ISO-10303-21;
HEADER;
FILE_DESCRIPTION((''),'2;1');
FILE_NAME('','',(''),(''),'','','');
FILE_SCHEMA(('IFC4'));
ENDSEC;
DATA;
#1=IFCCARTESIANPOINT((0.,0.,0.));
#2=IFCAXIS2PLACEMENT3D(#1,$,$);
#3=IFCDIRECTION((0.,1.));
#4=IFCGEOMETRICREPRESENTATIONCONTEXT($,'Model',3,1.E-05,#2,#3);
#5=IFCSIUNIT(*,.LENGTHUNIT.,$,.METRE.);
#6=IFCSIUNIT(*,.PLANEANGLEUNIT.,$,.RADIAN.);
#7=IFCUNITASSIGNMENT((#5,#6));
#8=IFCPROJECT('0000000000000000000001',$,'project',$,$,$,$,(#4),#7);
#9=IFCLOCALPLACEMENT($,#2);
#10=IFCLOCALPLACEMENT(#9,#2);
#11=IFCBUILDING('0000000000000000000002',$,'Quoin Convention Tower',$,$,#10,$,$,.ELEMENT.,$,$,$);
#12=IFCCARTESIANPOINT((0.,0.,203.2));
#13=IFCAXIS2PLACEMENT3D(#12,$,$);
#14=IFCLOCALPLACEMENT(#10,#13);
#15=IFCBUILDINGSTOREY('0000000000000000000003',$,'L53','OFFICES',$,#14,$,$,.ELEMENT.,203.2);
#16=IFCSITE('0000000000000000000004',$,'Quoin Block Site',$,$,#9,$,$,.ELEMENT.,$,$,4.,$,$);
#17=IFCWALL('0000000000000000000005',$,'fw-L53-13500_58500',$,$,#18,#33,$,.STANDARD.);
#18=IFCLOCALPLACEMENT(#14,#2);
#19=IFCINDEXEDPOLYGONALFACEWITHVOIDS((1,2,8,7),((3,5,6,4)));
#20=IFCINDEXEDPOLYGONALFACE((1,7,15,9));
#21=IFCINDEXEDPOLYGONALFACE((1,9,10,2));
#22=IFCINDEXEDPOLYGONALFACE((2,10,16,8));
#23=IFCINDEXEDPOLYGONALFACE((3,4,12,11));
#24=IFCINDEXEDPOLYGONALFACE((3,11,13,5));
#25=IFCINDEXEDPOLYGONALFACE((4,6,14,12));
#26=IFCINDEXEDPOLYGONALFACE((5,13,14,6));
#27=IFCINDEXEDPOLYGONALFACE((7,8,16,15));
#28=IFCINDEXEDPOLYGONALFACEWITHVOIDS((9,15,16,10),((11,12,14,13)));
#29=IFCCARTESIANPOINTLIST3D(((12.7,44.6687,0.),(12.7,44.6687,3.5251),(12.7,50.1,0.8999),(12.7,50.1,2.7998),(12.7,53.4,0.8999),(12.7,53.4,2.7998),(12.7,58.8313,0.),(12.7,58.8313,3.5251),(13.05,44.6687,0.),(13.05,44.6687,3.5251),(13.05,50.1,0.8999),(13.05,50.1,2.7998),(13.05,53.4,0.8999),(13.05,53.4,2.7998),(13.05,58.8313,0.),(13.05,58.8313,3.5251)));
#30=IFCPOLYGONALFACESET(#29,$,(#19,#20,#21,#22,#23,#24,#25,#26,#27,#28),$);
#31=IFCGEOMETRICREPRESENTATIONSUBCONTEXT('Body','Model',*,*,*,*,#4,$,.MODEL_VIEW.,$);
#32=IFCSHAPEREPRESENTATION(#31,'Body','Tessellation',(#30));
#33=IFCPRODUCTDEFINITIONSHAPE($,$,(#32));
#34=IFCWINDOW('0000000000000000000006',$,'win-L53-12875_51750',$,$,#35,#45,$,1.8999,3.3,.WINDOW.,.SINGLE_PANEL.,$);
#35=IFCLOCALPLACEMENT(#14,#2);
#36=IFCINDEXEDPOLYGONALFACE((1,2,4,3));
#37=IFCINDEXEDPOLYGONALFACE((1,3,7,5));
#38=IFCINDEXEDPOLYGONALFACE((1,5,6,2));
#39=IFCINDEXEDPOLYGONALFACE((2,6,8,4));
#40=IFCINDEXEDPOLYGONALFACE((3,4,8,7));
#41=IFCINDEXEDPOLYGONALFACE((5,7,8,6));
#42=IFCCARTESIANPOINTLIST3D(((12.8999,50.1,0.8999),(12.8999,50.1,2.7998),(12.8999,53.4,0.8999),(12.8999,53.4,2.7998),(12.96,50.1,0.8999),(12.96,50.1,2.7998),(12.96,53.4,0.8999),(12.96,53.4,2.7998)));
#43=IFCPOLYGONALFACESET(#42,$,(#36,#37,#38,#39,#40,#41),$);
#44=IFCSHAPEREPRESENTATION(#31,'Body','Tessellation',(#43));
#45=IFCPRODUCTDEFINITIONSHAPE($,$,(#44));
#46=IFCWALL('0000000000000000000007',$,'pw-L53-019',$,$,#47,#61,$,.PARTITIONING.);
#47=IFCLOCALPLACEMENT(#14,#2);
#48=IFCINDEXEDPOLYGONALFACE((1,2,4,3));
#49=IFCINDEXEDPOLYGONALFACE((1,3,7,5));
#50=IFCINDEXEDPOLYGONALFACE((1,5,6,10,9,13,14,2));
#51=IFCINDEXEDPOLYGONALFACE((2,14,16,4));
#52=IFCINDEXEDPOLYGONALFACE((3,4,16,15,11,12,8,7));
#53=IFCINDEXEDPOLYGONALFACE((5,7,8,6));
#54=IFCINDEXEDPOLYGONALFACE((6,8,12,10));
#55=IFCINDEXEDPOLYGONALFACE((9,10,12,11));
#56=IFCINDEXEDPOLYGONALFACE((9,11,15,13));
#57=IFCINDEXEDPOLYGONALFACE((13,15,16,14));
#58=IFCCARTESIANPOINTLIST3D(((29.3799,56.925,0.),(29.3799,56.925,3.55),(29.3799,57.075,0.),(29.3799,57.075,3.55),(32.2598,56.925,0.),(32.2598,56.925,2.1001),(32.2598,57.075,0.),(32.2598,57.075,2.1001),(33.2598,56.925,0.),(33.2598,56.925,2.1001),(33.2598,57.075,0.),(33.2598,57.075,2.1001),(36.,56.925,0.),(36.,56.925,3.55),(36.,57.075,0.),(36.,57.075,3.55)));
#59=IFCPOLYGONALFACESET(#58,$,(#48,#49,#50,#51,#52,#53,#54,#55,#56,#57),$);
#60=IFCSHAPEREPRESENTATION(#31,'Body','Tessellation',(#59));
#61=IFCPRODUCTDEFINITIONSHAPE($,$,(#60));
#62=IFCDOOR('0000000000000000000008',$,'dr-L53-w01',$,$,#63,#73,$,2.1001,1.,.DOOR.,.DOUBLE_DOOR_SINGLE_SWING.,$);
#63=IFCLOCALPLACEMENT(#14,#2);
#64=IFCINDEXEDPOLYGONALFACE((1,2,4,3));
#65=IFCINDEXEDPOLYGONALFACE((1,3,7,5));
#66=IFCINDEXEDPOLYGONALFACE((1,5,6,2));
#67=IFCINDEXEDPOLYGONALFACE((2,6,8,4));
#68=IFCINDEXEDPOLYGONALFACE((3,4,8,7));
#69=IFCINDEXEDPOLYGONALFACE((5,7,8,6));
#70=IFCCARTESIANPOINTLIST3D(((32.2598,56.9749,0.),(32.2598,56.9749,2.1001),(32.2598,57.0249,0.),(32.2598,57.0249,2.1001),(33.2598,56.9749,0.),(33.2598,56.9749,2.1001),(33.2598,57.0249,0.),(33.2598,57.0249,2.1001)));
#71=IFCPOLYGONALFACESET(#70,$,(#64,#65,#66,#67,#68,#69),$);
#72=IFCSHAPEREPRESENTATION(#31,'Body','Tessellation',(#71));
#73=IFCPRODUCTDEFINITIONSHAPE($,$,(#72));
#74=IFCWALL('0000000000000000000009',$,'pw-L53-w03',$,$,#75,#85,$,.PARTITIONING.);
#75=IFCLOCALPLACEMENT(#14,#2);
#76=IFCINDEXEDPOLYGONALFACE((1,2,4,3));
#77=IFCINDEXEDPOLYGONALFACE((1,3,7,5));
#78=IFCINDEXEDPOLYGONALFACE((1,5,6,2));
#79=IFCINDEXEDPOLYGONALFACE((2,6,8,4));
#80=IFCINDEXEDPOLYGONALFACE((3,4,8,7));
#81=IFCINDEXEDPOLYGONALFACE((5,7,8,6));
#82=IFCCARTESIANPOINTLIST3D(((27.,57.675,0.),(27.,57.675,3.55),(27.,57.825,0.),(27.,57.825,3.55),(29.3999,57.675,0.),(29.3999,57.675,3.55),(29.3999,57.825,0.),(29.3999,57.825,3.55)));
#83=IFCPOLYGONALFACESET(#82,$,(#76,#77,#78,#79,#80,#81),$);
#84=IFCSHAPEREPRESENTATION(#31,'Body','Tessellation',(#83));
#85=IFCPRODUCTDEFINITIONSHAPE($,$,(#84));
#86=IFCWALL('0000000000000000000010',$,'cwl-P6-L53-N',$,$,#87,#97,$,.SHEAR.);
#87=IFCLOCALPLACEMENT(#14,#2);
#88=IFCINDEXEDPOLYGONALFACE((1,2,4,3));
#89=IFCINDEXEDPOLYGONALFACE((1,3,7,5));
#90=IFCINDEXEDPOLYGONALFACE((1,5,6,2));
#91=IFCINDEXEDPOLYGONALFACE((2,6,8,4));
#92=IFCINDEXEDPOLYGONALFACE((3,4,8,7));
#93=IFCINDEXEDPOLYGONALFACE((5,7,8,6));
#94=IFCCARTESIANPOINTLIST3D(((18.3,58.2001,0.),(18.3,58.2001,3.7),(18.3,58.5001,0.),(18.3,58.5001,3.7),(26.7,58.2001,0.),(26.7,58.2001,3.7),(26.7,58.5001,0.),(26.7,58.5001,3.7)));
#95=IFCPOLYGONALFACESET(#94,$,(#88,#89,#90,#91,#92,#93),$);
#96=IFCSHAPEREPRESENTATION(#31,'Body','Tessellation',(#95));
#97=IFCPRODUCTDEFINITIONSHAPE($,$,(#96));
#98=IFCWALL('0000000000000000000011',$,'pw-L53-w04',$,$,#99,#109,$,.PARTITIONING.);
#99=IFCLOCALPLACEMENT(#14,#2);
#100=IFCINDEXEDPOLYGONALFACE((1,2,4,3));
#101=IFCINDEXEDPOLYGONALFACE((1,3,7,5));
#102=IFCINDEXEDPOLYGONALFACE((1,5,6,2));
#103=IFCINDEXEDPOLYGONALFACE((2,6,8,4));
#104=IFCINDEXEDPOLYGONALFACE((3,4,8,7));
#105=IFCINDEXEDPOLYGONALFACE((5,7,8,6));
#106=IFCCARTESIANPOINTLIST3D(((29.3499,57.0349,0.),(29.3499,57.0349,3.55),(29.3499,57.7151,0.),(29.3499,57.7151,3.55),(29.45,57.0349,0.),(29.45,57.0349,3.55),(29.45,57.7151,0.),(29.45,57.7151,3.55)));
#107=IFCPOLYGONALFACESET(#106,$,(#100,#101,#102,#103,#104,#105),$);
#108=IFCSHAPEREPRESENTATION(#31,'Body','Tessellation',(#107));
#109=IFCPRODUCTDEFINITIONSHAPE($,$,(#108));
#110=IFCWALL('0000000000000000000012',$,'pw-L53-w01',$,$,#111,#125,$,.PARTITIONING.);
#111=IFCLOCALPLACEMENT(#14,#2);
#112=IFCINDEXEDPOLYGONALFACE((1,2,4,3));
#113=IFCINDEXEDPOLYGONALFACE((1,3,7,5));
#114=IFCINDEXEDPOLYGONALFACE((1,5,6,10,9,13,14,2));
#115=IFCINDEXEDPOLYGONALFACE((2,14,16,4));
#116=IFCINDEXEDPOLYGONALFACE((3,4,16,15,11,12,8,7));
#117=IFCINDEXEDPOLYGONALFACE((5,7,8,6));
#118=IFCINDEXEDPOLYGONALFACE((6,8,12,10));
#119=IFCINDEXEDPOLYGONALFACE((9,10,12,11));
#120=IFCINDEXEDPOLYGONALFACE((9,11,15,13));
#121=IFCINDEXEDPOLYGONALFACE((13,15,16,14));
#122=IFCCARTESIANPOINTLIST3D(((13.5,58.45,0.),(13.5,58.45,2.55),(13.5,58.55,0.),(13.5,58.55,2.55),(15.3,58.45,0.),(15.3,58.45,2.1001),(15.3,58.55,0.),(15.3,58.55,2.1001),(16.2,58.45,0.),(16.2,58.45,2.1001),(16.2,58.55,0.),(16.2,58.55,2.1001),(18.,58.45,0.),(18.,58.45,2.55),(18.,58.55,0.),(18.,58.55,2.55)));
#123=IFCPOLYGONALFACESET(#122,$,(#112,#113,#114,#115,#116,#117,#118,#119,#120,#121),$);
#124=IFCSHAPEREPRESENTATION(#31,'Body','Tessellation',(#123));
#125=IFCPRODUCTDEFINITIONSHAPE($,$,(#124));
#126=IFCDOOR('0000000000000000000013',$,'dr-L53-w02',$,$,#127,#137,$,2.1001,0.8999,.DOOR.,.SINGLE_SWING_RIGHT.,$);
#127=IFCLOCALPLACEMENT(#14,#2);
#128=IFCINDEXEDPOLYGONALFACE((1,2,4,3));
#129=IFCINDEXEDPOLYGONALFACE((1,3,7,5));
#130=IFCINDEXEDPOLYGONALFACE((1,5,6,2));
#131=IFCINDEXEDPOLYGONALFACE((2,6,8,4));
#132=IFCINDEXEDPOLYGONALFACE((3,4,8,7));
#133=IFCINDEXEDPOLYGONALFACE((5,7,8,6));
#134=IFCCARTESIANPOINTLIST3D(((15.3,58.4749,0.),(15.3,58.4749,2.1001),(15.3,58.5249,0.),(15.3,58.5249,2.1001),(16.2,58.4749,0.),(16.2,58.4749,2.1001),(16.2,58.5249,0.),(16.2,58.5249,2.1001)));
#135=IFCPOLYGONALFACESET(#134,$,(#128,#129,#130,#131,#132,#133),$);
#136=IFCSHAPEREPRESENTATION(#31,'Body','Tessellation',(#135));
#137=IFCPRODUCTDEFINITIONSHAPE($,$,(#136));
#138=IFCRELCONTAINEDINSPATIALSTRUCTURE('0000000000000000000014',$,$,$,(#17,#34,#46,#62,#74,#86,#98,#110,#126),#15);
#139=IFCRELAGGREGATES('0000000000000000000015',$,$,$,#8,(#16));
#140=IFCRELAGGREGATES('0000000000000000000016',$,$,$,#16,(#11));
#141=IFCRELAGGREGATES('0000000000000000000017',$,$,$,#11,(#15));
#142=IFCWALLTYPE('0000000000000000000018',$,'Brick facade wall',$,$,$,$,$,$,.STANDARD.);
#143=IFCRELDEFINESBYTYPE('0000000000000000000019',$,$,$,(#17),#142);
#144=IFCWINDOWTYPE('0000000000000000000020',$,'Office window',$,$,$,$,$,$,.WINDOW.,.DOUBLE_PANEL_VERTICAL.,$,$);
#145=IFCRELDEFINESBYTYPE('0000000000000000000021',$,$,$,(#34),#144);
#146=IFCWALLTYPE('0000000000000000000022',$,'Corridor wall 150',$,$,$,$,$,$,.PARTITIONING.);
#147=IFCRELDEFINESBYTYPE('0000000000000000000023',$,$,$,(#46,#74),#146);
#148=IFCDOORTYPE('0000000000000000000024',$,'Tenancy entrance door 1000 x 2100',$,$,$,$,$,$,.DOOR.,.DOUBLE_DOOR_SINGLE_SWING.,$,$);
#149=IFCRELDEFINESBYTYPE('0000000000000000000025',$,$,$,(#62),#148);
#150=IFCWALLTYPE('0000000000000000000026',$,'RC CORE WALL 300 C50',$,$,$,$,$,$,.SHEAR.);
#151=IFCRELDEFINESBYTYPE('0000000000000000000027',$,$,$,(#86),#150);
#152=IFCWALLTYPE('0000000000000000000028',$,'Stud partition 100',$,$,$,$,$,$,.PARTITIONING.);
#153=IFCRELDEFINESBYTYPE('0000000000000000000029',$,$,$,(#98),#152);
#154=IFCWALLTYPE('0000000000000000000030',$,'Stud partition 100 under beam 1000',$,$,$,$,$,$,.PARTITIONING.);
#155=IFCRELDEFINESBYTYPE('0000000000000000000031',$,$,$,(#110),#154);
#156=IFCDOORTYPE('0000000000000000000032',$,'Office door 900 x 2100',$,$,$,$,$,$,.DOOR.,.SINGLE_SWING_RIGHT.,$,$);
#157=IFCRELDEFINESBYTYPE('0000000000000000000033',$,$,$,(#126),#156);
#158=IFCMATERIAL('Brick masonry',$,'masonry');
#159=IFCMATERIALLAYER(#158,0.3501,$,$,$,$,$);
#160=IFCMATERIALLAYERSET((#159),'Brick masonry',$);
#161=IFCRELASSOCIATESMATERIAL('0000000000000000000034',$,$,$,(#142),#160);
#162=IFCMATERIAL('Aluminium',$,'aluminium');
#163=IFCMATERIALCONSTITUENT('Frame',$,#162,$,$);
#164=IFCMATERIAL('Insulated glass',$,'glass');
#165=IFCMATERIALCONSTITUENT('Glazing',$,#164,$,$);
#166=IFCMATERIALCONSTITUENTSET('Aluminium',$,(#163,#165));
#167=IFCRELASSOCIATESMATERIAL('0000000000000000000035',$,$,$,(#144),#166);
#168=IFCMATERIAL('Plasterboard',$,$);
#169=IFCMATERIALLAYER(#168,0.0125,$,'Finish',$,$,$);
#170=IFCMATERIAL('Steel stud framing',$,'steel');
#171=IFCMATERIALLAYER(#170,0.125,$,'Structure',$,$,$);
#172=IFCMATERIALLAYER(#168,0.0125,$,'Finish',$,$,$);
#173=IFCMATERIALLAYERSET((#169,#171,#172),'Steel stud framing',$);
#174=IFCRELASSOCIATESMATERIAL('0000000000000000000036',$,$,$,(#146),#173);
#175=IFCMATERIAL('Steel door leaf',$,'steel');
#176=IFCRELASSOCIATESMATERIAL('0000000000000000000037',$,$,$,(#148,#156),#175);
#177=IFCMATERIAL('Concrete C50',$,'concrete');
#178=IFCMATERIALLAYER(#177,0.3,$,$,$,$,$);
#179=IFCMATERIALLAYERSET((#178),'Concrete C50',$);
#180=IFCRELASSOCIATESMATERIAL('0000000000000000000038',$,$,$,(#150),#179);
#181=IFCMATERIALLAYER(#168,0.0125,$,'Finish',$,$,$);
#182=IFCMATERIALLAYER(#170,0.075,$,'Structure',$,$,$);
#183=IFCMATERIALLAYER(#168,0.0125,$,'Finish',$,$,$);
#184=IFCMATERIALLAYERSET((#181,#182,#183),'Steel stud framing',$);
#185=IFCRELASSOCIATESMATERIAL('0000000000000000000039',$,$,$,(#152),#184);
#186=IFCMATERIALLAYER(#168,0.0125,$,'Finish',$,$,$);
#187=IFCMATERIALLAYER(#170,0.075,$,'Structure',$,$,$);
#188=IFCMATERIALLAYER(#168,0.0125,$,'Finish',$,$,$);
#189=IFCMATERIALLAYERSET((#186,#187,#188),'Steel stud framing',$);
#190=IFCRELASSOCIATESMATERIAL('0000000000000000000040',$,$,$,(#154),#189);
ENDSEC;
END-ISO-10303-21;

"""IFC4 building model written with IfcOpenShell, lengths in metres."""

from ifc_helpers import new_model, si_unit, direction, frame, frame_2d, origin, place, context, subcontext, project, spatial, rectangle, extrude, material, layer, layer_set, constituent, constituent_set, type_object, element, fill, save


model = new_model("IFC4")

# Units and contexts
model_context = context("Model", 3, precision=1e-05, world=origin(), true_north=direction((0.0, 1.0)))
body_context = subcontext(model_context, "Body", "Model", "MODEL_VIEW")
ifc_project = project(units=[si_unit("LENGTHUNIT", "METRE"), si_unit("PLANEANGLEUNIT", "RADIAN")], contexts=[model_context])

# Site, building, storey
site_placement = place(None, origin())
site = spatial("IfcSite", under=ifc_project, at=site_placement, Name="Quoin Block Site", CompositionType="ELEMENT", RefElevation=4.0)
building_placement = place(site_placement, origin())
building = spatial("IfcBuilding", under=site, at=building_placement, Name="Quoin Convention Tower", CompositionType="ELEMENT")
storey_placement = place(building_placement, frame((0.0, 0.0, 203.2)))
storey = spatial("IfcBuildingStorey", under=building, at=storey_placement, Name="L53", Description="OFFICES", CompositionType="ELEMENT", Elevation=203.2)

# Shared definitions
ifc_material_1 = material(Name="Concrete C50", Category="concrete")

# Wall, opening, window
ifc_material_2 = material(Name="Brick masonry", Category="masonry")
ifc_layer_1 = layer(ifc_material_2, 0.3501)
ifc_layer_set_1 = layer_set([ifc_layer_1], Name="Brick masonry")
wall_type_1 = type_object("IfcWallType", Name="Brick facade wall", PredefinedType="STANDARD", material=ifc_layer_set_1)
ifc_material_3 = material(Name="Aluminium", Category="aluminium")
ifc_constituent_1 = constituent(ifc_material_3, Name="Frame")
ifc_material_4 = material(Name="Insulated glass", Category="glass")
ifc_constituent_2 = constituent(ifc_material_4, Name="Glazing")
ifc_constituent_set = constituent_set(constituents=[ifc_constituent_1, ifc_constituent_2], Name="Aluminium")
window_type = type_object("IfcWindowType", Name="Office window", PartitioningType="DOUBLE_PANEL_VERTICAL", PredefinedType="WINDOW", material=ifc_constituent_set)
wall_1_placement = place(storey_placement, frame((12.875, 58.8313, 0.0), z_axis=(0.0, 0.0, 1.0), x_axis=(0.0, -1.0, 0.0)))
wall_1 = element("IfcWall", 1, at=wall_1_placement, inside=storey, type_object=wall_type_1, Name="fw-L53-13500_58500", PredefinedType="STANDARD", context=body_context, shape_type="SweptSolid", body=[
    extrude(rectangle(XDim=14.1626, YDim=0.3501, at=frame_2d((7.0813, 0.0))), origin(), (0.0, 0.0, 1.0), 3.5251),
])
opening_1_placement = place(wall_1_placement, frame((5.4314, 0.0, 0.8999)))
opening_1 = element("IfcOpeningElement", 2, at=opening_1_placement, cuts=wall_1, PredefinedType="OPENING", context=body_context, shape_type="SweptSolid", body=[
    extrude(rectangle(XDim=3.3, YDim=1.8999, at=frame_2d((1.6499, 0.95))), frame((0.0, 0.1851, 0.0), z_axis=(0.0, -1.0, 0.0), x_axis=(1.0, 0.0, 0.0)), (0.0, 0.0, 1.0), 0.3701),
])
window_1_placement = place(opening_1_placement, origin())
window_1 = element("IfcWindow", 3, at=window_1_placement, inside=storey, type_object=window_type, Name="win-L53-12875_51750", OverallHeight=1.8999, OverallWidth=3.3, PartitioningType="SINGLE_PANEL", PredefinedType="WINDOW", context=body_context, shape_type="SweptSolid", body=[
    extrude(rectangle(XDim=3.3, YDim=1.8999, at=frame_2d((1.6499, 0.95))), frame((0.0, 0.085, 0.0), z_axis=(0.0, -1.0, 0.0), x_axis=(1.0, 0.0, 0.0)), (0.0, 0.0, 1.0), 0.0601),
])
fill(opening_1, window_1)

# Wall, opening, door
ifc_material_5 = material(Name="Plasterboard")
ifc_layer_2 = layer(ifc_material_5, 0.0125, Name="Finish")
ifc_material_6 = material(Name="Steel stud framing", Category="steel")
ifc_layer_3 = layer(ifc_material_6, 0.125, Name="Structure")
ifc_layer_4 = layer(ifc_material_5, 0.0125, Name="Finish")
ifc_layer_set_2 = layer_set([ifc_layer_2, ifc_layer_3, ifc_layer_4], Name="Steel stud framing")
wall_type_2 = type_object("IfcWallType", Name="Corridor wall 150", PredefinedType="PARTITIONING", material=ifc_layer_set_2)
wall_2_placement = place(storey_placement, frame((29.3799, 57.0, 0.0), z_axis=(0.0, 0.0, 1.0), x_axis=(1.0, 0.0, 0.0)))
wall_2 = element("IfcWall", 4, at=wall_2_placement, inside=storey, type_object=wall_type_2, Name="pw-L53-019", PredefinedType="PARTITIONING", context=body_context, shape_type="SweptSolid", body=[
    extrude(rectangle(XDim=6.6201, YDim=0.1499, at=frame_2d((3.3101, 0.0))), origin(), (0.0, 0.0, 1.0), 3.55),
])
opening_2_placement = place(wall_2_placement, frame((2.8799, 0.0, 0.0)))
opening_2 = element("IfcOpeningElement", 5, at=opening_2_placement, cuts=wall_2, PredefinedType="OPENING", context=body_context, shape_type="SweptSolid", body=[
    extrude(rectangle(XDim=1.0, YDim=2.1001, at=frame_2d((0.5, 1.05))), frame((0.0, 0.085, 0.0), z_axis=(0.0, -1.0, 0.0), x_axis=(1.0, 0.0, 0.0)), (0.0, 0.0, 1.0), 0.1699),
])
ifc_material_7 = material(Name="Steel door leaf", Category="steel")
door_type_1 = type_object("IfcDoorType", Name="Tenancy entrance door 1000 x 2100", OperationType="DOUBLE_DOOR_SINGLE_SWING", PredefinedType="DOOR", material=ifc_material_7)
door_1_placement = place(opening_2_placement, origin())
door_1 = element("IfcDoor", 6, at=door_1_placement, inside=storey, type_object=door_type_1, Name="dr-L53-w01", OperationType="DOUBLE_DOOR_SINGLE_SWING", OverallHeight=2.1001, OverallWidth=1.0, PredefinedType="DOOR", context=body_context, shape_type="SweptSolid", body=[
    extrude(rectangle(XDim=1.0, YDim=2.1001, at=frame_2d((0.5, 1.05))), frame((0.0, 0.0249, 0.0), z_axis=(0.0, -1.0, 0.0), x_axis=(1.0, 0.0, 0.0)), (0.0, 0.0, 1.0), 0.05),
])
fill(opening_2, door_1)

# Walls
wall_3_placement = place(storey_placement, frame((27.0, 57.75, 0.0), z_axis=(0.0, 0.0, 1.0), x_axis=(1.0, 0.0, 0.0)))
element("IfcWall", 7, at=wall_3_placement, inside=storey, type_object=wall_type_2, Name="pw-L53-w03", PredefinedType="PARTITIONING", context=body_context, shape_type="SweptSolid", body=[
    extrude(rectangle(XDim=2.3999, YDim=0.1499, at=frame_2d((1.2, 0.0))), origin(), (0.0, 0.0, 1.0), 3.55),
])
ifc_layer_5 = layer(ifc_material_1, 0.3)
ifc_layer_set_3 = layer_set([ifc_layer_5], Name="Concrete C50")
wall_type_3 = type_object("IfcWallType", Name="RC CORE WALL 300 C50", PredefinedType="SHEAR", material=ifc_layer_set_3)
wall_4_placement = place(storey_placement, frame((18.3, 58.3501, 0.0), z_axis=(0.0, 0.0, 1.0), x_axis=(1.0, 0.0, 0.0)))
element("IfcWall", 8, at=wall_4_placement, inside=storey, type_object=wall_type_3, Name="cwl-P6-L53-N", PredefinedType="SHEAR", context=body_context, shape_type="SweptSolid", body=[
    extrude(rectangle(XDim=8.3999, YDim=0.3, at=frame_2d((4.2, 0.0))), origin(), (0.0, 0.0, 1.0), 3.7),
])
ifc_layer_6 = layer(ifc_material_5, 0.0125, Name="Finish")
ifc_layer_7 = layer(ifc_material_6, 0.075, Name="Structure")
ifc_layer_8 = layer(ifc_material_5, 0.0125, Name="Finish")
ifc_layer_set_4 = layer_set([ifc_layer_6, ifc_layer_7, ifc_layer_8], Name="Steel stud framing")
wall_type_4 = type_object("IfcWallType", Name="Stud partition 100", PredefinedType="PARTITIONING", material=ifc_layer_set_4)
wall_5_placement = place(storey_placement, frame((29.3999, 57.7151, 0.0), z_axis=(0.0, 0.0, 1.0), x_axis=(0.0, -1.0, 0.0)))
element("IfcWall", 9, at=wall_5_placement, inside=storey, type_object=wall_type_4, Name="pw-L53-w04", PredefinedType="PARTITIONING", context=body_context, shape_type="SweptSolid", body=[
    extrude(rectangle(XDim=0.6802, YDim=0.1001, at=frame_2d((0.3401, 0.0))), origin(), (0.0, 0.0, 1.0), 3.55),
])

# Wall, opening, door
ifc_layer_9 = layer(ifc_material_5, 0.0125, Name="Finish")
ifc_layer_10 = layer(ifc_material_6, 0.075, Name="Structure")
ifc_layer_11 = layer(ifc_material_5, 0.0125, Name="Finish")
ifc_layer_set_5 = layer_set([ifc_layer_9, ifc_layer_10, ifc_layer_11], Name="Steel stud framing")
wall_type_5 = type_object("IfcWallType", Name="Stud partition 100 under beam 1000", PredefinedType="PARTITIONING", material=ifc_layer_set_5)
wall_6_placement = place(storey_placement, frame((13.5, 58.5, 0.0), z_axis=(0.0, 0.0, 1.0), x_axis=(1.0, 0.0, 0.0)))
wall_6 = element("IfcWall", 10, at=wall_6_placement, inside=storey, type_object=wall_type_5, Name="pw-L53-w01", PredefinedType="PARTITIONING", context=body_context, shape_type="SweptSolid", body=[
    extrude(rectangle(XDim=4.5, YDim=0.1001, at=frame_2d((2.25, 0.0))), origin(), (0.0, 0.0, 1.0), 2.55),
])
opening_3_placement = place(wall_6_placement, frame((1.8, 0.0, 0.0)))
opening_3 = element("IfcOpeningElement", 11, at=opening_3_placement, cuts=wall_6, PredefinedType="OPENING", context=body_context, shape_type="SweptSolid", body=[
    extrude(rectangle(XDim=0.8999, YDim=2.1001, at=frame_2d((0.45, 1.05))), frame((0.0, 0.0601, 0.0), z_axis=(0.0, -1.0, 0.0), x_axis=(1.0, 0.0, 0.0)), (0.0, 0.0, 1.0), 0.1201),
])
door_type_2 = type_object("IfcDoorType", Name="Office door 900 x 2100", OperationType="SINGLE_SWING_RIGHT", PredefinedType="DOOR", material=ifc_material_7)
door_2_placement = place(opening_3_placement, origin())
door_2 = element("IfcDoor", 12, at=door_2_placement, inside=storey, type_object=door_type_2, Name="dr-L53-w02", OperationType="SINGLE_SWING_RIGHT", OverallHeight=2.1001, OverallWidth=0.8999, PredefinedType="DOOR", context=body_context, shape_type="SweptSolid", body=[
    extrude(rectangle(XDim=0.8999, YDim=2.1001, at=frame_2d((0.45, 1.05))), frame((0.0, 0.0249, 0.0), z_axis=(0.0, -1.0, 0.0), x_axis=(1.0, 0.0, 0.0)), (0.0, 0.0, 1.0), 0.05),
])
fill(opening_3, door_2)

save(model, "model.ifc")
